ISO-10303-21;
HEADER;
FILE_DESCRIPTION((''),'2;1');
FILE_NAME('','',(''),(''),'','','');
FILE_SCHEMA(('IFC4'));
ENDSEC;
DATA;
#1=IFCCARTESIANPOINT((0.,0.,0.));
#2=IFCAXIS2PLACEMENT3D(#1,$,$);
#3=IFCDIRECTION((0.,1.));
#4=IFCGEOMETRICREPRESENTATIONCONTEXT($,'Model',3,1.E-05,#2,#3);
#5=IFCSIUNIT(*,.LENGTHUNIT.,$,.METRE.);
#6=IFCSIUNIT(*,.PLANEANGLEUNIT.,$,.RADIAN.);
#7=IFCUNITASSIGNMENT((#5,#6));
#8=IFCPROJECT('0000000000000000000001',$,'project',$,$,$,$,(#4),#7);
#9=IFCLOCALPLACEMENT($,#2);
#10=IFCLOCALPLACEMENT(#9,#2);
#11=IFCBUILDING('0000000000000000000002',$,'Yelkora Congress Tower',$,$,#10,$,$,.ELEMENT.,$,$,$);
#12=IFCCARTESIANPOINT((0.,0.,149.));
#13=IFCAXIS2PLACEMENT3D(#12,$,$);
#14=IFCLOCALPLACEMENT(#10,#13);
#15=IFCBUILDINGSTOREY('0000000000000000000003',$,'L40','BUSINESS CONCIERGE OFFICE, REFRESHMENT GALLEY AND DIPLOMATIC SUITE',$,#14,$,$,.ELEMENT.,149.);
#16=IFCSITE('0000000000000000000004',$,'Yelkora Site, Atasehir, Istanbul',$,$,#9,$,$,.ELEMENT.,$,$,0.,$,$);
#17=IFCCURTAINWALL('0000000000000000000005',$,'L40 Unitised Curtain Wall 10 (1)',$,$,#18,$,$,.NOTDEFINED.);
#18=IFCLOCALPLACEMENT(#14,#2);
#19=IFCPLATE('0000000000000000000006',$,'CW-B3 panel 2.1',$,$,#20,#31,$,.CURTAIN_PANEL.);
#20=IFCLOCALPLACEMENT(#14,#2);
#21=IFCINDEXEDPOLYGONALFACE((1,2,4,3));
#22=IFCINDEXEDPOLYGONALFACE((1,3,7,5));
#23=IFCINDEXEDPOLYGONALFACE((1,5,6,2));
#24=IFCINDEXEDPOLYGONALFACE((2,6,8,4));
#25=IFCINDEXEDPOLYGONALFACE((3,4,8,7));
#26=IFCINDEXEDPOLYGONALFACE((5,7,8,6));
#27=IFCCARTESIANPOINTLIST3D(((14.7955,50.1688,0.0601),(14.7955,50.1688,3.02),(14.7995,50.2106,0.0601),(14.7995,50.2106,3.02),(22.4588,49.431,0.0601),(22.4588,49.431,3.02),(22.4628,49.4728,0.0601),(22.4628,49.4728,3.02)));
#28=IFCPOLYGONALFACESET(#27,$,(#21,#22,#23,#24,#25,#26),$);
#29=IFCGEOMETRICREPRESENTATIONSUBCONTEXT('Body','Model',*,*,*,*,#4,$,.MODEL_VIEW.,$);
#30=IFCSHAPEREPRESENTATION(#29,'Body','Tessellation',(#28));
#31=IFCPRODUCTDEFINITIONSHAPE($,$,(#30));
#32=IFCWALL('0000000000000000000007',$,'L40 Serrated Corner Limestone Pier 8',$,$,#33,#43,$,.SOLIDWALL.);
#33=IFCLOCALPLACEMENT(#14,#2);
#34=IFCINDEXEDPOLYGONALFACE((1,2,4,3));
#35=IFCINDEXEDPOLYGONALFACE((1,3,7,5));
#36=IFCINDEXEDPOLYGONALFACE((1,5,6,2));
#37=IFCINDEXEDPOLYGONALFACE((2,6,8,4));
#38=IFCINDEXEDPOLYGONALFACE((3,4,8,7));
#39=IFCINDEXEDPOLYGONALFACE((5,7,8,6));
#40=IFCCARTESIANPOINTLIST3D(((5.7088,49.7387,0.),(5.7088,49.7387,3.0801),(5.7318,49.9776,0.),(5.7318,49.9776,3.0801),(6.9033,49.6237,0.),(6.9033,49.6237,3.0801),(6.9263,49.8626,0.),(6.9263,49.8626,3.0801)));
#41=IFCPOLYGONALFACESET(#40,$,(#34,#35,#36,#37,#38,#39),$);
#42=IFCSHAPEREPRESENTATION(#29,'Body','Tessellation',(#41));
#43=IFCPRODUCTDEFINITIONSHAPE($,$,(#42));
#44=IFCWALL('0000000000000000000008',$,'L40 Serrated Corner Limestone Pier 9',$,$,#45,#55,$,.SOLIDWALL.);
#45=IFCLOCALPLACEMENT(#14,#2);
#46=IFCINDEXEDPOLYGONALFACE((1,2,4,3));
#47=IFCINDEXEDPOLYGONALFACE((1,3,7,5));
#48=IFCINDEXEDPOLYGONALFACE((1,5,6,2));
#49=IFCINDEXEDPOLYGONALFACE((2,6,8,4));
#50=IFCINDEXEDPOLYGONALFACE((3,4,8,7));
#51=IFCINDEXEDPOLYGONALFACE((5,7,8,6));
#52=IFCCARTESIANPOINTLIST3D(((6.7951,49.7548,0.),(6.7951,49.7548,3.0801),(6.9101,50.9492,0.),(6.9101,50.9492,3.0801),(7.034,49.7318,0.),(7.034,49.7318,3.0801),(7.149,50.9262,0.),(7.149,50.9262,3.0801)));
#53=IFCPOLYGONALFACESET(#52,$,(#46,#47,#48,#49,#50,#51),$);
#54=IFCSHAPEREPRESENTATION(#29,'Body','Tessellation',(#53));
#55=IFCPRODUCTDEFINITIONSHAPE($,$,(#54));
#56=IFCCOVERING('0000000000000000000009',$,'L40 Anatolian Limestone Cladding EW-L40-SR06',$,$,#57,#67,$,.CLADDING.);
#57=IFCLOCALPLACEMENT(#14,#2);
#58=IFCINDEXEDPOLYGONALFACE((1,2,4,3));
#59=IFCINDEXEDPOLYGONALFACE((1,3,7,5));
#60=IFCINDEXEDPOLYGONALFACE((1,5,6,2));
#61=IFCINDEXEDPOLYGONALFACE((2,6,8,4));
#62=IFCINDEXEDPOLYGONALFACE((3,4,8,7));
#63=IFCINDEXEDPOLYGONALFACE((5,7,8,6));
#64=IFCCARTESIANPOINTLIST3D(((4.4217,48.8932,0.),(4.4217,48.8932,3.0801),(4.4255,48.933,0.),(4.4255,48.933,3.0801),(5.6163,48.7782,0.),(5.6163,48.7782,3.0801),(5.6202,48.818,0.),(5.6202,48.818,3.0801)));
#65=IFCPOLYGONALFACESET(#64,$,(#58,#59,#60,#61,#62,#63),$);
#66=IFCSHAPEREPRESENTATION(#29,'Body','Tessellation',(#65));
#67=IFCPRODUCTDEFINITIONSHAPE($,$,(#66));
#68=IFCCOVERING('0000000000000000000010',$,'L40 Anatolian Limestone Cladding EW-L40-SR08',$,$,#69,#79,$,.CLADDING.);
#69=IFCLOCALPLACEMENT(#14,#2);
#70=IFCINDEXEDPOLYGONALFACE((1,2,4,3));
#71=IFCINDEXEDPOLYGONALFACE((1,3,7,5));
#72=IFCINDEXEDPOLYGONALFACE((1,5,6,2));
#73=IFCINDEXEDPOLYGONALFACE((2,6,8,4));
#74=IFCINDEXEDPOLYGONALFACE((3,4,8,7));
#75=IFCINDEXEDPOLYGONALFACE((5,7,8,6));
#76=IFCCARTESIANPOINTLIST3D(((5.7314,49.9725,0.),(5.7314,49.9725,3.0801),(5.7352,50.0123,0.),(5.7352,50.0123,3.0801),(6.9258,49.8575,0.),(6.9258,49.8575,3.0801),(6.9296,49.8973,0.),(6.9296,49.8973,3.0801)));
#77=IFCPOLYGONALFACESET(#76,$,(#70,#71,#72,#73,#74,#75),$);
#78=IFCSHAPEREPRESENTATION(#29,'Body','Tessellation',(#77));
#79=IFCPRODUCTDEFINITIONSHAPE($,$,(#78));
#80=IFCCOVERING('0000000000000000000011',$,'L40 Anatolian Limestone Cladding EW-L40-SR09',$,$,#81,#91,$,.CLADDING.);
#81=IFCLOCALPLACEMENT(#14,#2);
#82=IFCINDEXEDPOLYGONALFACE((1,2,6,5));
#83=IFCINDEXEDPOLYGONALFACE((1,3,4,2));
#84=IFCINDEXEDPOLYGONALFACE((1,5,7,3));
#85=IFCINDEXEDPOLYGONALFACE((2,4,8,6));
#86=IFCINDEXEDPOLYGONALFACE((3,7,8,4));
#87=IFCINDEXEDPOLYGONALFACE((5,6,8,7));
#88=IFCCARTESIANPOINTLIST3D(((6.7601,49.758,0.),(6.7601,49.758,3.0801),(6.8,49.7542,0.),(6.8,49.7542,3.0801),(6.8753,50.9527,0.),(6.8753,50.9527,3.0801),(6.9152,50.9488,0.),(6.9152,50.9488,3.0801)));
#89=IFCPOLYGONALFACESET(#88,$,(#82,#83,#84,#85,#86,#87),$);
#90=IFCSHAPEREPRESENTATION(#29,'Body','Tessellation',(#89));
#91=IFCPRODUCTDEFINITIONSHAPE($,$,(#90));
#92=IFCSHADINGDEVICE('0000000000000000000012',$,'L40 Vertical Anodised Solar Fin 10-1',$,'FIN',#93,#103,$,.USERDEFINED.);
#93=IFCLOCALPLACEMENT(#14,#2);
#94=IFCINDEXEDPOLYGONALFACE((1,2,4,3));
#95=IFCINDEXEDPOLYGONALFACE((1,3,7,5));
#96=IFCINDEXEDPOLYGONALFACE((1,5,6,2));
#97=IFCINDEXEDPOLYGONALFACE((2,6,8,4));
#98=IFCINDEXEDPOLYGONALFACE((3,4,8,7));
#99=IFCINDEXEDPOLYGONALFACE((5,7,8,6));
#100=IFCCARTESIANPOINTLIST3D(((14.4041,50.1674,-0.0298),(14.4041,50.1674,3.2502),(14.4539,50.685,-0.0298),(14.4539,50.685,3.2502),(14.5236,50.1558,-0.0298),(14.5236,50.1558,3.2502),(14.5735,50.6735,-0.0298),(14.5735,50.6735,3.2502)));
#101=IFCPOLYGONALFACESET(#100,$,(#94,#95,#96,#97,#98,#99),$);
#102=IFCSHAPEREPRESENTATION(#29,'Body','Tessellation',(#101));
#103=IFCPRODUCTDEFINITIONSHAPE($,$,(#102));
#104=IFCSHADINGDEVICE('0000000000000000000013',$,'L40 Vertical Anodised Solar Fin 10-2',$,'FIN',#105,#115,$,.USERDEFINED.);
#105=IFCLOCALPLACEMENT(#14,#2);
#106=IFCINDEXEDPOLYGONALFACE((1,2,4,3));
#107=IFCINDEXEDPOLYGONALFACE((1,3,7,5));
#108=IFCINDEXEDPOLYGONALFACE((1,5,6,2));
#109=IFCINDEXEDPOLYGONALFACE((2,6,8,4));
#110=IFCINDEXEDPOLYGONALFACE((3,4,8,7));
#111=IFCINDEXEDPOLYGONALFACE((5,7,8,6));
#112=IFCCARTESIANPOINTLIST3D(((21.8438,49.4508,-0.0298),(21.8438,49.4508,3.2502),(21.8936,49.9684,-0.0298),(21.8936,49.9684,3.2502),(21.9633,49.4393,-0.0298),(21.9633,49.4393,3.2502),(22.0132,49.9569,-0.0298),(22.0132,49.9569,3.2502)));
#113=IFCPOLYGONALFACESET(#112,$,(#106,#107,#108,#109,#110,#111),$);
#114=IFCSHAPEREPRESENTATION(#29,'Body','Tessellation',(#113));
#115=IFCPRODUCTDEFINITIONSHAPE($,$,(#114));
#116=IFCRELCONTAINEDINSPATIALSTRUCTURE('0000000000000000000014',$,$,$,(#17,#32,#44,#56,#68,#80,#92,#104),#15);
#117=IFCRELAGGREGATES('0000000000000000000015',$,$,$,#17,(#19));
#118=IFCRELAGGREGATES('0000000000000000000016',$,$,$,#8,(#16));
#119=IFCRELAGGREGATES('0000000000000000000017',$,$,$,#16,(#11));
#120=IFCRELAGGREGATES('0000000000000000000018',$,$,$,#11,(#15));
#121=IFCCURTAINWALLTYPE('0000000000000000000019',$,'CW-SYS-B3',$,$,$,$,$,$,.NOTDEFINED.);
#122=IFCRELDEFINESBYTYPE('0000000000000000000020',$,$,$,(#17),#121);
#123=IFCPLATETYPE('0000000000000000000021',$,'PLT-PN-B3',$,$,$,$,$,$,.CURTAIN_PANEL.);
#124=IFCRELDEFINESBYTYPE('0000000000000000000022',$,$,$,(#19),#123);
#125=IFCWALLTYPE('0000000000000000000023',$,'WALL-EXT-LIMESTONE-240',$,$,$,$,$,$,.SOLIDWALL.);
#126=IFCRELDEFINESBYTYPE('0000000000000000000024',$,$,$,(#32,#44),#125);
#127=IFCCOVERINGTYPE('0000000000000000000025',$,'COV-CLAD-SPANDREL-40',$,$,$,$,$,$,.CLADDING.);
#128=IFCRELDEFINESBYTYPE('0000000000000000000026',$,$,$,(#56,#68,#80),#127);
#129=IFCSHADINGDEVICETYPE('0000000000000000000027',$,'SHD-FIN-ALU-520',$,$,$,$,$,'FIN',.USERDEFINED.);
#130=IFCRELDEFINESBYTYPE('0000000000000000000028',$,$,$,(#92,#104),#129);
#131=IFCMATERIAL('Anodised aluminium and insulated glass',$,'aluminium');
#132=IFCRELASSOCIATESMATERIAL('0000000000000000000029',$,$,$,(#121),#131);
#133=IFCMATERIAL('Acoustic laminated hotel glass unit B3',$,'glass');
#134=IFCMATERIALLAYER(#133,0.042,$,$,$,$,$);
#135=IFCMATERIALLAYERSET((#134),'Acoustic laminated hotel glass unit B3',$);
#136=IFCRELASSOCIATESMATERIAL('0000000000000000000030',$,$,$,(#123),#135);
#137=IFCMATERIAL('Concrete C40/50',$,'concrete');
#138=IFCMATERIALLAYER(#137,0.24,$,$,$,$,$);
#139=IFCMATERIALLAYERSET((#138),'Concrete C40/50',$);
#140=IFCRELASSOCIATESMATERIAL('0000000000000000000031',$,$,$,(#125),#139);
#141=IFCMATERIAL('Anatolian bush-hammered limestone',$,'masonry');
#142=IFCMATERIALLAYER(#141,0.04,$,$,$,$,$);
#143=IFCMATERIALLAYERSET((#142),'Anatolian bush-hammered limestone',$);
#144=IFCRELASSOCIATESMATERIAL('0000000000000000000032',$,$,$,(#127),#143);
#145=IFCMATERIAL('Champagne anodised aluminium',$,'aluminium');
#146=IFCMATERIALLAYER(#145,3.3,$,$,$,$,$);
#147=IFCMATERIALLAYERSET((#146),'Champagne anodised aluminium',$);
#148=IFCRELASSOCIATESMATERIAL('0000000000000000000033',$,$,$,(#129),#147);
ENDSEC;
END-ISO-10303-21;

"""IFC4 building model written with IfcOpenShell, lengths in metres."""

from ifc_helpers import new_model, si_unit, direction, frame, frame_2d, origin, origin_2d, place, context, subcontext, project, spatial, rectangle, extrude, material, layer, layer_set, type_object, element, aggregate, save


model = new_model("IFC4")

# Units and contexts
model_context = context("Model", 3, precision=1e-05, world=origin(), true_north=direction((0.0, 1.0)))
body_context = subcontext(model_context, "Body", "Model", "MODEL_VIEW")
ifc_project = project(units=[si_unit("LENGTHUNIT", "METRE"), si_unit("PLANEANGLEUNIT", "RADIAN")], contexts=[model_context])

# Site, building, storey
site_placement = place(None, origin())
site = spatial("IfcSite", under=ifc_project, at=site_placement, Name="Yelkora Site, Atasehir, Istanbul", CompositionType="ELEMENT", RefElevation=0.0)
building_placement = place(site_placement, origin())
building = spatial("IfcBuilding", under=site, at=building_placement, Name="Yelkora Congress Tower", CompositionType="ELEMENT")
storey_placement = place(building_placement, frame((0.0, 0.0, 149.0)))
storey = spatial("IfcBuildingStorey", under=building, at=storey_placement, Name="L40", Description="BUSINESS CONCIERGE OFFICE, REFRESHMENT GALLEY AND DIPLOMATIC SUITE", CompositionType="ELEMENT", Elevation=149.0)

# Curtain wall, plate
ifc_material_1 = material(Name="Anodised aluminium and insulated glass", Category="aluminium")
curtain_wall_type = type_object("IfcCurtainWallType", Name="CW-SYS-B3", PredefinedType="NOTDEFINED", material=ifc_material_1)
curtain_wall_placement = place(storey_placement, origin())
curtain_wall = element("IfcCurtainWall", 1, at=curtain_wall_placement, inside=storey, type_object=curtain_wall_type, Name="L40 Unitised Curtain Wall 10 (1)", PredefinedType="NOTDEFINED")
ifc_material_2 = material(Name="Acoustic laminated hotel glass unit B3", Category="glass")
ifc_layer_1 = layer(ifc_material_2, 0.042)
ifc_layer_set_1 = layer_set([ifc_layer_1], Name="Acoustic laminated hotel glass unit B3")
plate_type = type_object("IfcPlateType", Name="PLT-PN-B3", PredefinedType="CURTAIN_PANEL", material=ifc_layer_set_1)
plate_1_placement = place(storey_placement, frame((18.6292, 49.8208, 0.0601), z_axis=(0.0, 0.0, 1.0), x_axis=(0.995396, -0.095845, 0.0)))
plate_1 = element("IfcPlate", 2, at=plate_1_placement, type_object=plate_type, Name="CW-B3 panel 2.1", PredefinedType="CURTAIN_PANEL", context=body_context, shape_type="SweptSolid", body=[
    extrude(rectangle(XDim=7.6987, YDim=0.042, at=origin_2d()), origin(), (0.0, 0.0, 1.0), 2.96),
])
aggregate(curtain_wall, [plate_1])

# Walls
ifc_material_3 = material(Name="Concrete C40/50", Category="concrete")
ifc_layer_2 = layer(ifc_material_3, 0.24)
ifc_layer_set_2 = layer_set([ifc_layer_2], Name="Concrete C40/50")
wall_type = type_object("IfcWallType", Name="WALL-EXT-LIMESTONE-240", PredefinedType="SOLIDWALL", material=ifc_layer_set_2)
for number, where, z_axis, x_axis, name in (
    (3, (5.7202, 49.8582, 0.0), (0.0, 0.0, 1.0), (0.995397, -0.095836, 0.0), "L40 Serrated Corner Limestone Pier 8"),
    (4, (6.9146, 49.7432, 0.0), (0.0, 0.0, 1.0), (0.095836, 0.995397, 0.0), "L40 Serrated Corner Limestone Pier 9"),
):
    element("IfcWall", number, at=place(storey_placement, frame(where, z_axis=z_axis, x_axis=x_axis)), inside=storey, type_object=wall_type, Name=name, PredefinedType="SOLIDWALL", context=body_context, shape_type="SweptSolid", body=[
        extrude(rectangle(XDim=1.2, YDim=0.24, at=frame_2d((0.6001, 0.0))), origin(), (0.0, 0.0, 1.0), 3.0801),
    ])

# Coverings
ifc_material_4 = material(Name="Anatolian bush-hammered limestone", Category="masonry")
ifc_layer_3 = layer(ifc_material_4, 0.04)
ifc_layer_set_3 = layer_set([ifc_layer_3], Name="Anatolian bush-hammered limestone")
covering_type = type_object("IfcCoveringType", Name="COV-CLAD-SPANDREL-40", PredefinedType="CLADDING", material=ifc_layer_set_3)
covering_1_placement = place(storey_placement, frame((4.4236, 48.9131, 0.0), z_axis=(0.0, 0.0, 1.0), x_axis=(0.995399, -0.095817, 0.0)))
element("IfcCovering", 5, at=covering_1_placement, inside=storey, type_object=covering_type, Name="L40 Anatolian Limestone Cladding EW-L40-SR06", PredefinedType="CLADDING", context=body_context, shape_type="SweptSolid", body=[
    extrude(rectangle(XDim=1.2002, YDim=0.04, at=frame_2d((0.6001, 0.0))), origin(), (0.0, 0.0, 1.0), 3.0801),
])
covering_2_placement = place(storey_placement, frame((5.7332, 49.9924, 0.0), z_axis=(0.0, 0.0, 1.0), x_axis=(0.995397, -0.095836, 0.0)))
element("IfcCovering", 6, at=covering_2_placement, inside=storey, type_object=covering_type, Name="L40 Anatolian Limestone Cladding EW-L40-SR08", PredefinedType="CLADDING", context=body_context, shape_type="SweptSolid", body=[
    extrude(rectangle(XDim=1.2, YDim=0.04, at=frame_2d((0.6001, 0.0))), origin(), (0.0, 0.0, 1.0), 3.0801),
])
covering_3_placement = place(storey_placement, frame((6.78, 49.7561, 0.0), z_axis=(0.0, 0.0, 1.0), x_axis=(0.096019, 0.99538, 0.0)))
element("IfcCovering", 7, at=covering_3_placement, inside=storey, type_object=covering_type, Name="L40 Anatolian Limestone Cladding EW-L40-SR09", PredefinedType="CLADDING", context=body_context, shape_type="SweptSolid", body=[
    extrude(rectangle(XDim=1.2002, YDim=0.04, at=frame_2d((0.6001, 0.0))), origin(), (0.0, 0.0, 1.0), 3.0801),
])

# Shading devices
ifc_material_5 = material(Name="Champagne anodised aluminium", Category="aluminium")
ifc_layer_4 = layer(ifc_material_5, 3.3)
ifc_layer_set_4 = layer_set([ifc_layer_4], Name="Champagne anodised aluminium")
shading_device_type = type_object("IfcShadingDeviceType", Name="SHD-FIN-ALU-520", ElementType="FIN", PredefinedType="USERDEFINED", material=ifc_layer_set_4)
for number, where, z_axis, x_axis, name in (
    (8, (14.4888, 50.4204, -0.0298), (0.0, 0.0, 1.0), (0.995396, -0.095846, 0.0), "L40 Vertical Anodised Solar Fin 10-1"),
    (9, (21.9285, 49.7039, -0.0298), (0.0, 0.0, 1.0), (0.995396, -0.095846, 0.0), "L40 Vertical Anodised Solar Fin 10-2"),
):
    element("IfcShadingDevice", number, at=place(storey_placement, frame(where, z_axis=z_axis, x_axis=x_axis)), inside=storey, type_object=shading_device_type, Name=name, ObjectType="FIN", PredefinedType="USERDEFINED", context=body_context, shape_type="SweptSolid", body=[
        extrude(rectangle(XDim=0.1201, YDim=0.52, at=origin_2d()), origin(), (0.0, 0.0, 1.0), 3.28),
    ])

save(model, "model.ifc")
